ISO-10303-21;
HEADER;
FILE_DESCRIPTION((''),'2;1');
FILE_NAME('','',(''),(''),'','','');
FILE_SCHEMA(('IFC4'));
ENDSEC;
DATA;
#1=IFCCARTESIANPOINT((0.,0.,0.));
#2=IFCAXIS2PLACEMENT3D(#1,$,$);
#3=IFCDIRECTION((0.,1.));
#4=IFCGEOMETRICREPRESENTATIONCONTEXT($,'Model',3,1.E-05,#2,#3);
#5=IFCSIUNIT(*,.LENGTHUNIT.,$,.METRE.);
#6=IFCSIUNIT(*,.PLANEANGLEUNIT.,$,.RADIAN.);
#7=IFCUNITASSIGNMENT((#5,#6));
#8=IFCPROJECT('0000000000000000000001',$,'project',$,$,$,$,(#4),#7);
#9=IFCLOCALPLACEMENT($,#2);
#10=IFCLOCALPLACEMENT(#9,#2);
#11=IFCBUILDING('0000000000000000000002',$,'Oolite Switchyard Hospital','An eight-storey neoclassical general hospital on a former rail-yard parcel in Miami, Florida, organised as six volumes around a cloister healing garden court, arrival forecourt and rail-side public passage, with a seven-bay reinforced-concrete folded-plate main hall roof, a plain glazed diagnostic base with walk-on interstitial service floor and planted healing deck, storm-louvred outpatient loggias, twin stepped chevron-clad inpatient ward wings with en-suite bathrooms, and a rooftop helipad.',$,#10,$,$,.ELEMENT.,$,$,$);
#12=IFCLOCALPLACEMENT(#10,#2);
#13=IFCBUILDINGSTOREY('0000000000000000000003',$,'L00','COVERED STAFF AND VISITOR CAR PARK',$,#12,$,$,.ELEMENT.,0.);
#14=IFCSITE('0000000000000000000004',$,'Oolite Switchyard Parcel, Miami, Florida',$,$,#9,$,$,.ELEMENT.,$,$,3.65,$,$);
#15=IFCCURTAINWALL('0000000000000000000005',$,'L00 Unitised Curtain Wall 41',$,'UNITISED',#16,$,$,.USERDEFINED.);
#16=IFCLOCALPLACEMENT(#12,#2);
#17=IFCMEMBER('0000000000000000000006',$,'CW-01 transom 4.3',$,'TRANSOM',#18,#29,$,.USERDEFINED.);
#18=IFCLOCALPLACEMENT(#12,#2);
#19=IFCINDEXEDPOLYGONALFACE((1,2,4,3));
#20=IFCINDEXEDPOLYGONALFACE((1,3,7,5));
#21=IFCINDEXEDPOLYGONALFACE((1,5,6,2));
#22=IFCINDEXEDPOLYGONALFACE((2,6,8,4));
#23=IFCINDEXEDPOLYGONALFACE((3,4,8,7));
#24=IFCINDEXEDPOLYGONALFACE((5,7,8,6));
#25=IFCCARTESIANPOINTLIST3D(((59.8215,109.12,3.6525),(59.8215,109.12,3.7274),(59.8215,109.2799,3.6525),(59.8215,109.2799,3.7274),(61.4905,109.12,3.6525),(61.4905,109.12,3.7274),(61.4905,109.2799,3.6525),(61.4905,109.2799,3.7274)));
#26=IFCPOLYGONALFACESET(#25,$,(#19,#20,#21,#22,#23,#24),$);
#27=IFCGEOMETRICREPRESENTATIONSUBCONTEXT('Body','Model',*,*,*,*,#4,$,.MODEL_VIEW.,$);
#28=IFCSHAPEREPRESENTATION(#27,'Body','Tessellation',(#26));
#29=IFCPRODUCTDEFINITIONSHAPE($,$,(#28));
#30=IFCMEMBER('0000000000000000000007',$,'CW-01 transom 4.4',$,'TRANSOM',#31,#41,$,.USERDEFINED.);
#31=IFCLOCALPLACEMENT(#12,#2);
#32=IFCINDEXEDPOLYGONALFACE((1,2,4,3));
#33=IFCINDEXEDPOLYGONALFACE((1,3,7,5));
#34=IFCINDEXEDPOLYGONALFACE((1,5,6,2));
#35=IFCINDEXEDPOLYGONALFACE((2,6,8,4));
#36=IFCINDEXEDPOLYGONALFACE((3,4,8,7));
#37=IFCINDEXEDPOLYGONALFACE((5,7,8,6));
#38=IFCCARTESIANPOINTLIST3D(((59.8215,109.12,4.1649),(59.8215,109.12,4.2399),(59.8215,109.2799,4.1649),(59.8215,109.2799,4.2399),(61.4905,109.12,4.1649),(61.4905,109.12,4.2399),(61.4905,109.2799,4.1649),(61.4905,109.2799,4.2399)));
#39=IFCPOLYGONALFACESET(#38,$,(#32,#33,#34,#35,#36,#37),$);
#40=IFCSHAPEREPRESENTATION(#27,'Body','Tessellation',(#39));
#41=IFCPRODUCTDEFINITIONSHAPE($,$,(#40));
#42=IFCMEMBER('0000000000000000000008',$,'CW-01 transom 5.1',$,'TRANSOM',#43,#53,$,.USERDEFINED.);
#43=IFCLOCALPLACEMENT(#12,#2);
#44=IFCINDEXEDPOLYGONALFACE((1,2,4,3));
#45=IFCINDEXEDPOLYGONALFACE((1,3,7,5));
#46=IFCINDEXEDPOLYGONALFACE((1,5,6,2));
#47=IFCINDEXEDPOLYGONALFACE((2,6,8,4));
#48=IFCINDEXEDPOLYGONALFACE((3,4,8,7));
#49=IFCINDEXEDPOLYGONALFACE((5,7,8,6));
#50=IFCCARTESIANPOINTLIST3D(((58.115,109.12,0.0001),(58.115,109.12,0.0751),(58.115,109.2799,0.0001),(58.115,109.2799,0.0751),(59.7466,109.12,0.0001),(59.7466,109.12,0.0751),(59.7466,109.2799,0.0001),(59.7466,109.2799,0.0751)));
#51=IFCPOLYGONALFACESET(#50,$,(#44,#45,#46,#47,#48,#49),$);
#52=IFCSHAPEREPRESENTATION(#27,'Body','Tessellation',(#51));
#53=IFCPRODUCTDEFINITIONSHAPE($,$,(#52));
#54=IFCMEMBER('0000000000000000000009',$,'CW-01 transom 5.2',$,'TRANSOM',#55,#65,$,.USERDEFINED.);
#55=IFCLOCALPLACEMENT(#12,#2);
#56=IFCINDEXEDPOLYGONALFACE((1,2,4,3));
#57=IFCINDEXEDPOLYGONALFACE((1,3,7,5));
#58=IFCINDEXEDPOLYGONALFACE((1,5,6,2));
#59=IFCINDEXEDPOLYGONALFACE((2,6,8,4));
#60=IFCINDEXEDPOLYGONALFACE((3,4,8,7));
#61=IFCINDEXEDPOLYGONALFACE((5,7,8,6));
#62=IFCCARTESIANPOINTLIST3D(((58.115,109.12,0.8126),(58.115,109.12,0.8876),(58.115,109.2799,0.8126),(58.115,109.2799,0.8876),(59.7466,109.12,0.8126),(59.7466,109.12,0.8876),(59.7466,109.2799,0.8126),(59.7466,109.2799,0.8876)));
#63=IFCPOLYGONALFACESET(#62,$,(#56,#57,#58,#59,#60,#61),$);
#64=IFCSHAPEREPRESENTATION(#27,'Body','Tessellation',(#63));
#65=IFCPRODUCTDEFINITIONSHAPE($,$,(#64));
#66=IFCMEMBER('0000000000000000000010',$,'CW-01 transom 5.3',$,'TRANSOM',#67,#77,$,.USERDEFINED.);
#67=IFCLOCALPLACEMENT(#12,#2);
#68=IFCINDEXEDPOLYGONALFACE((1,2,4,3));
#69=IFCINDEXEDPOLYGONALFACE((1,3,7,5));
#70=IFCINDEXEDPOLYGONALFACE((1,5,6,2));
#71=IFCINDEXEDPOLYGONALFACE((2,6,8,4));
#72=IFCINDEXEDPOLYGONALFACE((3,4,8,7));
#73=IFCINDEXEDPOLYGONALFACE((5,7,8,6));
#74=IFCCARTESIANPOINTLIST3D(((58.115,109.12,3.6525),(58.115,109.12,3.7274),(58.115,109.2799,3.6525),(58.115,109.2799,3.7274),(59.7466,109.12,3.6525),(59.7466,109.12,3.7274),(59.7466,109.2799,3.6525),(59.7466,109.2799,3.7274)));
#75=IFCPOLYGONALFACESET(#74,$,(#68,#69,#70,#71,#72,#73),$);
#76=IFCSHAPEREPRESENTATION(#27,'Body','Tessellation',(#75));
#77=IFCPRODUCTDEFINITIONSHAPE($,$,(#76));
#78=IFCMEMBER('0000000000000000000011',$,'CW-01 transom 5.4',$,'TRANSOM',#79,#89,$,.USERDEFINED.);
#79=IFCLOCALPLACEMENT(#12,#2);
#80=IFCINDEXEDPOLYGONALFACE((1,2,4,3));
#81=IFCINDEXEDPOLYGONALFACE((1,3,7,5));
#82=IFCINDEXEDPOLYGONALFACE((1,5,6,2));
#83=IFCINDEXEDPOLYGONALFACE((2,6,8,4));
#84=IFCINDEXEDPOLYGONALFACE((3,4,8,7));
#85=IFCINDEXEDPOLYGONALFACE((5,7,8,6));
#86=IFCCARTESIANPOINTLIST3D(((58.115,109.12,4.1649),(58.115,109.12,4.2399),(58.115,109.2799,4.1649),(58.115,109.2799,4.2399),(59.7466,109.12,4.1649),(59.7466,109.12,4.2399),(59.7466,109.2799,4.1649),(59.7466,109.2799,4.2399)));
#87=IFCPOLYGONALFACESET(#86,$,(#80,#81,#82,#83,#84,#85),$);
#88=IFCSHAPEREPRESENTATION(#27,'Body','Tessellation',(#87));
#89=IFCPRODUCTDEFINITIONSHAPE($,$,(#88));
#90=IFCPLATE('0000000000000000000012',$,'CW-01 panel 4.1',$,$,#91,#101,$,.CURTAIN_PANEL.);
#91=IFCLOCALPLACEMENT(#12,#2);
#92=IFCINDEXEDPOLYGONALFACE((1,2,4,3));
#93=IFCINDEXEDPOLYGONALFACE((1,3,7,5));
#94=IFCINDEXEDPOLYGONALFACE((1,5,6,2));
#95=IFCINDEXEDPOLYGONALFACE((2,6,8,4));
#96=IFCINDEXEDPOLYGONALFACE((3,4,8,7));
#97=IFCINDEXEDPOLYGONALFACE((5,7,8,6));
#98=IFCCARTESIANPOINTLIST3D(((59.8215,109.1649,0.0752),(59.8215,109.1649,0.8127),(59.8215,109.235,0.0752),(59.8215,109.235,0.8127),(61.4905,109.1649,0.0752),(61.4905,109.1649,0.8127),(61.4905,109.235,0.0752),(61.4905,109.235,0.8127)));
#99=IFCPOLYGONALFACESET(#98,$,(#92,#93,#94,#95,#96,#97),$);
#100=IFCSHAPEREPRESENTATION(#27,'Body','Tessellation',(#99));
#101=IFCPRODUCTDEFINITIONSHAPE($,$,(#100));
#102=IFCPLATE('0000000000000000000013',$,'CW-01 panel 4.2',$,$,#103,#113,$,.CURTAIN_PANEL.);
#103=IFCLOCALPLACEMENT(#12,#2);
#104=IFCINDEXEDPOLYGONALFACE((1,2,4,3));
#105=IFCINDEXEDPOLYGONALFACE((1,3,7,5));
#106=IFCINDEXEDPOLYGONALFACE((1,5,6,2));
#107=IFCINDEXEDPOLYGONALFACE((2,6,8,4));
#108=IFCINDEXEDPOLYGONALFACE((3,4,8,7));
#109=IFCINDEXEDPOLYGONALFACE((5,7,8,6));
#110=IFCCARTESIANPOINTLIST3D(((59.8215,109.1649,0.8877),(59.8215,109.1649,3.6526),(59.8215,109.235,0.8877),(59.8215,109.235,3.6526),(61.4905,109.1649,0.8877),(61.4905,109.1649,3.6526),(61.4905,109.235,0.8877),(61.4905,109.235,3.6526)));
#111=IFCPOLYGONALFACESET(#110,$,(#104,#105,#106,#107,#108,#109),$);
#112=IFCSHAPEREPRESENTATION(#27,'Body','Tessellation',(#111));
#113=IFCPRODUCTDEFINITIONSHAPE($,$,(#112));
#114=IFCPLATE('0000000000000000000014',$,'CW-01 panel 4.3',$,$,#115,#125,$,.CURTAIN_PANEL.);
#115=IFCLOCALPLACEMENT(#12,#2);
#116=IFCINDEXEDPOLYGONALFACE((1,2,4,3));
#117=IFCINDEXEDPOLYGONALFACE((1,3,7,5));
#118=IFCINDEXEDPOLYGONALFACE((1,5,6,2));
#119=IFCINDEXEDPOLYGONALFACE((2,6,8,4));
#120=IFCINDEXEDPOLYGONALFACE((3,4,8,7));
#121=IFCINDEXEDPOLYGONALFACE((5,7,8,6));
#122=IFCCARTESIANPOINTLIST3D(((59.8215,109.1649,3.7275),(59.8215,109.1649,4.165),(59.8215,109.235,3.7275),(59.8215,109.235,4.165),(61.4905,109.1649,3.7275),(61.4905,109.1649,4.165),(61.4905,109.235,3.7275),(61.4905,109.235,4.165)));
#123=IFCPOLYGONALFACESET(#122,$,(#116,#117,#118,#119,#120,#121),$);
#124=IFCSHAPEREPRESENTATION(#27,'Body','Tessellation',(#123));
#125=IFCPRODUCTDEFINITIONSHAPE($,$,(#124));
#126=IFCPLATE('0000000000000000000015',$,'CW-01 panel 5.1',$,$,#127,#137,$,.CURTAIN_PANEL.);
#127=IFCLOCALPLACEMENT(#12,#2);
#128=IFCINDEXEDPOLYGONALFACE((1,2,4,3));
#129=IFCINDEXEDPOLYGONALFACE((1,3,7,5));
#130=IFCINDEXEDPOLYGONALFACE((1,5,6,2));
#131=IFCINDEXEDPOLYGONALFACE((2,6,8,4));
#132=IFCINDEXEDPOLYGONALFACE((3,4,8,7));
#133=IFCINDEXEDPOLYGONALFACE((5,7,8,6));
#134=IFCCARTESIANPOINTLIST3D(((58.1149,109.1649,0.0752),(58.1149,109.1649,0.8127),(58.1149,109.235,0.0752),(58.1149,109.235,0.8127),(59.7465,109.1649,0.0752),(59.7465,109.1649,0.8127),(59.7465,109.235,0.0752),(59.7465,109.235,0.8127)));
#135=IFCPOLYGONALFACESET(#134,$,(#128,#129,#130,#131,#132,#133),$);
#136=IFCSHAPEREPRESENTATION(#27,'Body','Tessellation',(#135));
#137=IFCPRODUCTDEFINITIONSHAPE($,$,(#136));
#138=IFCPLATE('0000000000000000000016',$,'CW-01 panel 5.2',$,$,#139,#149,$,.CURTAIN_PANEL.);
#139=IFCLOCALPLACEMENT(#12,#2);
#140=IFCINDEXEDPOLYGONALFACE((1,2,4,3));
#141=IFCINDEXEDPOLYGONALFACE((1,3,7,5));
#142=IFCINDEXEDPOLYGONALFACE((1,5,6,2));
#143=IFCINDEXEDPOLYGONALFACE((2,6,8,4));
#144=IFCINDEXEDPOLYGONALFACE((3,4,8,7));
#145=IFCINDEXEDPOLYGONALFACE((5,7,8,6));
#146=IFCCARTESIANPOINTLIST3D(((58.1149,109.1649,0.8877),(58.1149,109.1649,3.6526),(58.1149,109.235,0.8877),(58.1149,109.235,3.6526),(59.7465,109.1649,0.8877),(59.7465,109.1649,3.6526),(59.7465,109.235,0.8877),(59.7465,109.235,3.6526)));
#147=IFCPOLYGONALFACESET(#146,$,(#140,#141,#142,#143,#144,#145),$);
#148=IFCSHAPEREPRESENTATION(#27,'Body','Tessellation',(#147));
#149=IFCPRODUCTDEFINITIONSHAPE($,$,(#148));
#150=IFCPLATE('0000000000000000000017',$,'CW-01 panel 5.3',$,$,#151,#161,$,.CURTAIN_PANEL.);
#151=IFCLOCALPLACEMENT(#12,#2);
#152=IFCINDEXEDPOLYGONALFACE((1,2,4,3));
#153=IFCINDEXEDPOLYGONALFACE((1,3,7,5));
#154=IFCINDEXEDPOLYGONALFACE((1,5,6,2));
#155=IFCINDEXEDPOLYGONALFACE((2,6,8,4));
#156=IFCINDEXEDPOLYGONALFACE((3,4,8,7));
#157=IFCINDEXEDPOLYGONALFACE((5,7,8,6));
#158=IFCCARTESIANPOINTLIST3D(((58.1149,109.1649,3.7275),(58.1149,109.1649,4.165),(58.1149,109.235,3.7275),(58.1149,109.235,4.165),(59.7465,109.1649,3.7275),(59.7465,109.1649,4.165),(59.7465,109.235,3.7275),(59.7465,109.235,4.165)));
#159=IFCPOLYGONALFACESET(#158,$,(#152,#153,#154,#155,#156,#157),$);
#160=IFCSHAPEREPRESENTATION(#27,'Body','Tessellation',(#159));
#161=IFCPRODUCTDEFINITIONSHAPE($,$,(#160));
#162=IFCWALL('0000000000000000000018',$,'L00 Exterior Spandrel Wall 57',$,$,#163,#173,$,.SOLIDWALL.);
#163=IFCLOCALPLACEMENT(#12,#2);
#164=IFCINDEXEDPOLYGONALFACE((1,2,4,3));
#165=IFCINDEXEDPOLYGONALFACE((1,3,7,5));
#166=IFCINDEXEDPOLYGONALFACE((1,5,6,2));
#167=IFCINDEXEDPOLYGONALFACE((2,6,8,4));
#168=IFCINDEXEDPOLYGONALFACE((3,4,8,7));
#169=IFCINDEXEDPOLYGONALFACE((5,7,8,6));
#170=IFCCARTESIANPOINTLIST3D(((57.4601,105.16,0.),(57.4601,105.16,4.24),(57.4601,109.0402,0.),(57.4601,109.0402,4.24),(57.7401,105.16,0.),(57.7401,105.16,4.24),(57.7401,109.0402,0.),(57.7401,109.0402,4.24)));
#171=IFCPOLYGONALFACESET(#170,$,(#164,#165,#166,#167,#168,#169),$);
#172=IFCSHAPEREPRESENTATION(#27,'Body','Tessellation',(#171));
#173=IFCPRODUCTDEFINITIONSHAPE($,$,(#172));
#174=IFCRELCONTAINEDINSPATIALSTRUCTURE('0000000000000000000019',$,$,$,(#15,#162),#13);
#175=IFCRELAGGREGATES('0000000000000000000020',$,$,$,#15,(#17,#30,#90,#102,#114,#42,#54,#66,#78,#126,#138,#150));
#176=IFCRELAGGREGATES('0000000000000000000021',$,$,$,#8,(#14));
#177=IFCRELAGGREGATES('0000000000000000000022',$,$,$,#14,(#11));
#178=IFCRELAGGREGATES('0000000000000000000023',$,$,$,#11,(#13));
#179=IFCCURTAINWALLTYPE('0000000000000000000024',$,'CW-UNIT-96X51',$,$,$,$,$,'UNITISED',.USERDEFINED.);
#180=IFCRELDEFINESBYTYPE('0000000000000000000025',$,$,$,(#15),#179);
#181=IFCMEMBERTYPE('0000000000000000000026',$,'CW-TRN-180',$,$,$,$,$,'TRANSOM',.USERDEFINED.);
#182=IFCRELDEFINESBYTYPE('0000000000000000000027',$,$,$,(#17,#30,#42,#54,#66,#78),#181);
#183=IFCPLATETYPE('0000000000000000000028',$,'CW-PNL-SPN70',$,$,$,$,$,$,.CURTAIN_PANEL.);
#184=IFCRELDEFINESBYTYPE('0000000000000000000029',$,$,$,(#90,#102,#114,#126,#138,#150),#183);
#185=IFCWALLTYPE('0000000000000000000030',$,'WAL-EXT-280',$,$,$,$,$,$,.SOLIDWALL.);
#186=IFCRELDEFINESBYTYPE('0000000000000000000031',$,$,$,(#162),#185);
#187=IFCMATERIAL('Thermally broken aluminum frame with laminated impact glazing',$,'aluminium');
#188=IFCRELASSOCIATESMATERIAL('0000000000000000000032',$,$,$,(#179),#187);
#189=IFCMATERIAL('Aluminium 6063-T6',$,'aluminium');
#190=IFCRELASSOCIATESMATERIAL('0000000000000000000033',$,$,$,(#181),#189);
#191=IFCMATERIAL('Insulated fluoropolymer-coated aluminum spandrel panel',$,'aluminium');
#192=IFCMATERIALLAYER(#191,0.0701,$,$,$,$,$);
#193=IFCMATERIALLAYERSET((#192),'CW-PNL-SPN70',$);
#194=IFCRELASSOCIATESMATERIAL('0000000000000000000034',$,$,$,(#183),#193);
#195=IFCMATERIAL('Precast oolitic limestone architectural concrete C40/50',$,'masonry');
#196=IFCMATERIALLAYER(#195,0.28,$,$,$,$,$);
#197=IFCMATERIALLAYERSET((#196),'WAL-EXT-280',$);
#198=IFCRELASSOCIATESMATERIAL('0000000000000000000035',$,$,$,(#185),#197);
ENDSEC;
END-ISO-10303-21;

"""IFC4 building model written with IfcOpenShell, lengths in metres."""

from ifc_helpers import new_model, si_unit, direction, frame, frame_2d, origin, origin_2d, place, context, subcontext, project, spatial, rectangle, extrude, material, layer, layer_set, material_profile, profile_set, type_object, element, aggregate, save


model = new_model("IFC4")

# Units and contexts
model_context = context("Model", 3, precision=1e-05, world=origin(), true_north=direction((0.0, 1.0)))
body_context = subcontext(model_context, "Body", "Model", "MODEL_VIEW")
ifc_project = project(units=[si_unit("LENGTHUNIT", "METRE"), si_unit("PLANEANGLEUNIT", "RADIAN")], contexts=[model_context])

# Site, building, storey
site_placement = place(None, origin())
site = spatial("IfcSite", under=ifc_project, at=site_placement, Name="Oolite Switchyard Parcel, Miami, Florida", CompositionType="ELEMENT", RefElevation=3.65)
building_placement = place(site_placement, origin())
building = spatial("IfcBuilding", under=site, at=building_placement, Name="Oolite Switchyard Hospital", Description="An eight-storey neoclassical general hospital on a former rail-yard parcel in Miami, Florida, organised as six volumes around a cloister healing garden court, arrival forecourt and rail-side public passage, with a seven-bay reinforced-concrete folded-plate main hall roof, a plain glazed diagnostic base with walk-on interstitial service floor and planted healing deck, storm-louvred outpatient loggias, twin stepped chevron-clad inpatient ward wings with en-suite bathrooms, and a rooftop helipad.", CompositionType="ELEMENT")
storey_placement = place(building_placement, origin())
storey = spatial("IfcBuildingStorey", under=building, at=storey_placement, Name="L00", Description="COVERED STAFF AND VISITOR CAR PARK", CompositionType="ELEMENT", Elevation=0.0)

# Curtain wall, members, plates
ifc_material_1 = material(Name="Thermally broken aluminum frame with laminated impact glazing", Category="aluminium")
curtain_wall_type = type_object("IfcCurtainWallType", Name="CW-UNIT-96X51", ElementType="UNITISED", PredefinedType="USERDEFINED", material=ifc_material_1)
curtain_wall_placement = place(storey_placement, origin())
curtain_wall = element("IfcCurtainWall", 1, at=curtain_wall_placement, inside=storey, type_object=curtain_wall_type, Name="L00 Unitised Curtain Wall 41", ObjectType="UNITISED", PredefinedType="USERDEFINED")
ifc_material_2 = material(Name="Aluminium 6063-T6", Category="aluminium")
ifc_material_profile_1 = material_profile(ifc_material_2, rectangle(XDim=0.1599, YDim=0.075, at=origin_2d()), Name="CWT75X160")
ifc_profile_set_1 = profile_set([ifc_material_profile_1], Name="Aluminium 6063-T6")
member_type_1 = type_object("IfcMemberType", Name="CW-TRN-180", ElementType="TRANSOM", PredefinedType="USERDEFINED", material=ifc_profile_set_1)
member_1_placement = place(storey_placement, frame((61.4905, 109.2, 3.6899), z_axis=(-1.0, 0.0, 0.0), x_axis=(0.0, -1.0, 0.0)))
member_1 = element("IfcMember", 2, at=member_1_placement, type_object=member_type_1, Name="CW-01 transom 4.3", ObjectType="TRANSOM", PredefinedType="USERDEFINED", context=body_context, shape_type="SweptSolid", body=[
    extrude(rectangle(XDim=0.1599, YDim=0.075, at=origin_2d()), origin(), (0.0, 0.0, 1.0), 1.6689),
])
member_2_placement = place(storey_placement, frame((61.4905, 109.2, 4.2024), z_axis=(-1.0, 0.0, 0.0), x_axis=(0.0, -1.0, 0.0)))
member_2 = element("IfcMember", 3, at=member_2_placement, type_object=member_type_1, Name="CW-01 transom 4.4", ObjectType="TRANSOM", PredefinedType="USERDEFINED", context=body_context, shape_type="SweptSolid", body=[
    extrude(rectangle(XDim=0.1599, YDim=0.075, at=origin_2d()), origin(), (0.0, 0.0, 1.0), 1.6689),
])
member_3_placement = place(storey_placement, frame((59.7466, 109.2, 0.0376), z_axis=(-1.0, 0.0, 0.0), x_axis=(0.0, -1.0, 0.0)))
member_3 = element("IfcMember", 4, at=member_3_placement, type_object=member_type_1, Name="CW-01 transom 5.1", ObjectType="TRANSOM", PredefinedType="USERDEFINED", context=body_context, shape_type="SweptSolid", body=[
    extrude(rectangle(XDim=0.1599, YDim=0.075, at=origin_2d()), origin(), (0.0, 0.0, 1.0), 1.6316),
])
member_4_placement = place(storey_placement, frame((59.7466, 109.2, 0.8501), z_axis=(-1.0, 0.0, 0.0), x_axis=(0.0, -1.0, 0.0)))
member_4 = element("IfcMember", 5, at=member_4_placement, type_object=member_type_1, Name="CW-01 transom 5.2", ObjectType="TRANSOM", PredefinedType="USERDEFINED", context=body_context, shape_type="SweptSolid", body=[
    extrude(rectangle(XDim=0.1599, YDim=0.075, at=origin_2d()), origin(), (0.0, 0.0, 1.0), 1.6316),
])
member_5_placement = place(storey_placement, frame((59.7466, 109.2, 3.6899), z_axis=(-1.0, 0.0, 0.0), x_axis=(0.0, -1.0, 0.0)))
member_5 = element("IfcMember", 6, at=member_5_placement, type_object=member_type_1, Name="CW-01 transom 5.3", ObjectType="TRANSOM", PredefinedType="USERDEFINED", context=body_context, shape_type="SweptSolid", body=[
    extrude(rectangle(XDim=0.1599, YDim=0.075, at=origin_2d()), origin(), (0.0, 0.0, 1.0), 1.6316),
])
member_6_placement = place(storey_placement, frame((59.7466, 109.2, 4.2024), z_axis=(-1.0, 0.0, 0.0), x_axis=(0.0, -1.0, 0.0)))
member_6 = element("IfcMember", 7, at=member_6_placement, type_object=member_type_1, Name="CW-01 transom 5.4", ObjectType="TRANSOM", PredefinedType="USERDEFINED", context=body_context, shape_type="SweptSolid", body=[
    extrude(rectangle(XDim=0.1599, YDim=0.075, at=origin_2d()), origin(), (0.0, 0.0, 1.0), 1.6316),
])
ifc_material_3 = material(Name="Insulated fluoropolymer-coated aluminum spandrel panel", Category="aluminium")
ifc_layer_1 = layer(ifc_material_3, 0.0701)
ifc_layer_set_1 = layer_set([ifc_layer_1], Name="CW-PNL-SPN70")
plate_type = type_object("IfcPlateType", Name="CW-PNL-SPN70", PredefinedType="CURTAIN_PANEL", material=ifc_layer_set_1)
plate_1_placement = place(storey_placement, frame((60.656, 109.2, 0.0752), z_axis=(0.0, 0.0, 1.0), x_axis=(-1.0, 0.0, 0.0)))
plate_1 = element("IfcPlate", 8, at=plate_1_placement, type_object=plate_type, Name="CW-01 panel 4.1", PredefinedType="CURTAIN_PANEL", context=body_context, shape_type="SweptSolid", body=[
    extrude(rectangle(XDim=1.6689, YDim=0.0701, at=origin_2d()), origin(), (0.0, 0.0, 1.0), 0.7375),
])
plate_2_placement = place(storey_placement, frame((60.656, 109.2, 0.8877), z_axis=(0.0, 0.0, 1.0), x_axis=(-1.0, 0.0, 0.0)))
plate_2 = element("IfcPlate", 9, at=plate_2_placement, type_object=plate_type, Name="CW-01 panel 4.2", PredefinedType="CURTAIN_PANEL", context=body_context, shape_type="SweptSolid", body=[
    extrude(rectangle(XDim=1.6689, YDim=0.0701, at=origin_2d()), origin(), (0.0, 0.0, 1.0), 2.7649),
])
plate_3_placement = place(storey_placement, frame((60.656, 109.2, 3.7275), z_axis=(0.0, 0.0, 1.0), x_axis=(-1.0, 0.0, 0.0)))
plate_3 = element("IfcPlate", 10, at=plate_3_placement, type_object=plate_type, Name="CW-01 panel 4.3", PredefinedType="CURTAIN_PANEL", context=body_context, shape_type="SweptSolid", body=[
    extrude(rectangle(XDim=1.6689, YDim=0.0701, at=origin_2d()), origin(), (0.0, 0.0, 1.0), 0.4375),
])
plate_4_placement = place(storey_placement, frame((58.9307, 109.2, 0.0752), z_axis=(0.0, 0.0, 1.0), x_axis=(-1.0, 0.0, 0.0)))
plate_4 = element("IfcPlate", 11, at=plate_4_placement, type_object=plate_type, Name="CW-01 panel 5.1", PredefinedType="CURTAIN_PANEL", context=body_context, shape_type="SweptSolid", body=[
    extrude(rectangle(XDim=1.6316, YDim=0.0701, at=origin_2d()), origin(), (0.0, 0.0, 1.0), 0.7375),
])
plate_5_placement = place(storey_placement, frame((58.9307, 109.2, 0.8877), z_axis=(0.0, 0.0, 1.0), x_axis=(-1.0, 0.0, 0.0)))
plate_5 = element("IfcPlate", 12, at=plate_5_placement, type_object=plate_type, Name="CW-01 panel 5.2", PredefinedType="CURTAIN_PANEL", context=body_context, shape_type="SweptSolid", body=[
    extrude(rectangle(XDim=1.6316, YDim=0.0701, at=origin_2d()), origin(), (0.0, 0.0, 1.0), 2.7649),
])
plate_6_placement = place(storey_placement, frame((58.9307, 109.2, 3.7275), z_axis=(0.0, 0.0, 1.0), x_axis=(-1.0, 0.0, 0.0)))
plate_6 = element("IfcPlate", 13, at=plate_6_placement, type_object=plate_type, Name="CW-01 panel 5.3", PredefinedType="CURTAIN_PANEL", context=body_context, shape_type="SweptSolid", body=[
    extrude(rectangle(XDim=1.6316, YDim=0.0701, at=origin_2d()), origin(), (0.0, 0.0, 1.0), 0.4375),
])
aggregate(curtain_wall, [member_1, member_2, plate_1, plate_2, plate_3, member_3, member_4, member_5, member_6, plate_4, plate_5, plate_6])

# Wall
ifc_material_4 = material(Name="Precast oolitic limestone architectural concrete C40/50", Category="masonry")
ifc_layer_2 = layer(ifc_material_4, 0.28)
ifc_layer_set_2 = layer_set([ifc_layer_2], Name="WAL-EXT-280")
wall_type_1 = type_object("IfcWallType", Name="WAL-EXT-280", PredefinedType="SOLIDWALL", material=ifc_layer_set_2)
wall_1_placement = place(storey_placement, frame((57.6001, 109.04, 0.0), z_axis=(0.0, 0.0, 1.0), x_axis=(0.0, -1.0, 0.0)))
element("IfcWall", 14, at=wall_1_placement, inside=storey, type_object=wall_type_1, Name="L00 Exterior Spandrel Wall 57", PredefinedType="SOLIDWALL", context=body_context, shape_type="SweptSolid", body=[
    extrude(rectangle(XDim=3.8801, YDim=0.28, at=frame_2d((1.9399, 0.0))), origin(), (0.0, 0.0, 1.0), 4.24),
])

save(model, "model.ifc")
